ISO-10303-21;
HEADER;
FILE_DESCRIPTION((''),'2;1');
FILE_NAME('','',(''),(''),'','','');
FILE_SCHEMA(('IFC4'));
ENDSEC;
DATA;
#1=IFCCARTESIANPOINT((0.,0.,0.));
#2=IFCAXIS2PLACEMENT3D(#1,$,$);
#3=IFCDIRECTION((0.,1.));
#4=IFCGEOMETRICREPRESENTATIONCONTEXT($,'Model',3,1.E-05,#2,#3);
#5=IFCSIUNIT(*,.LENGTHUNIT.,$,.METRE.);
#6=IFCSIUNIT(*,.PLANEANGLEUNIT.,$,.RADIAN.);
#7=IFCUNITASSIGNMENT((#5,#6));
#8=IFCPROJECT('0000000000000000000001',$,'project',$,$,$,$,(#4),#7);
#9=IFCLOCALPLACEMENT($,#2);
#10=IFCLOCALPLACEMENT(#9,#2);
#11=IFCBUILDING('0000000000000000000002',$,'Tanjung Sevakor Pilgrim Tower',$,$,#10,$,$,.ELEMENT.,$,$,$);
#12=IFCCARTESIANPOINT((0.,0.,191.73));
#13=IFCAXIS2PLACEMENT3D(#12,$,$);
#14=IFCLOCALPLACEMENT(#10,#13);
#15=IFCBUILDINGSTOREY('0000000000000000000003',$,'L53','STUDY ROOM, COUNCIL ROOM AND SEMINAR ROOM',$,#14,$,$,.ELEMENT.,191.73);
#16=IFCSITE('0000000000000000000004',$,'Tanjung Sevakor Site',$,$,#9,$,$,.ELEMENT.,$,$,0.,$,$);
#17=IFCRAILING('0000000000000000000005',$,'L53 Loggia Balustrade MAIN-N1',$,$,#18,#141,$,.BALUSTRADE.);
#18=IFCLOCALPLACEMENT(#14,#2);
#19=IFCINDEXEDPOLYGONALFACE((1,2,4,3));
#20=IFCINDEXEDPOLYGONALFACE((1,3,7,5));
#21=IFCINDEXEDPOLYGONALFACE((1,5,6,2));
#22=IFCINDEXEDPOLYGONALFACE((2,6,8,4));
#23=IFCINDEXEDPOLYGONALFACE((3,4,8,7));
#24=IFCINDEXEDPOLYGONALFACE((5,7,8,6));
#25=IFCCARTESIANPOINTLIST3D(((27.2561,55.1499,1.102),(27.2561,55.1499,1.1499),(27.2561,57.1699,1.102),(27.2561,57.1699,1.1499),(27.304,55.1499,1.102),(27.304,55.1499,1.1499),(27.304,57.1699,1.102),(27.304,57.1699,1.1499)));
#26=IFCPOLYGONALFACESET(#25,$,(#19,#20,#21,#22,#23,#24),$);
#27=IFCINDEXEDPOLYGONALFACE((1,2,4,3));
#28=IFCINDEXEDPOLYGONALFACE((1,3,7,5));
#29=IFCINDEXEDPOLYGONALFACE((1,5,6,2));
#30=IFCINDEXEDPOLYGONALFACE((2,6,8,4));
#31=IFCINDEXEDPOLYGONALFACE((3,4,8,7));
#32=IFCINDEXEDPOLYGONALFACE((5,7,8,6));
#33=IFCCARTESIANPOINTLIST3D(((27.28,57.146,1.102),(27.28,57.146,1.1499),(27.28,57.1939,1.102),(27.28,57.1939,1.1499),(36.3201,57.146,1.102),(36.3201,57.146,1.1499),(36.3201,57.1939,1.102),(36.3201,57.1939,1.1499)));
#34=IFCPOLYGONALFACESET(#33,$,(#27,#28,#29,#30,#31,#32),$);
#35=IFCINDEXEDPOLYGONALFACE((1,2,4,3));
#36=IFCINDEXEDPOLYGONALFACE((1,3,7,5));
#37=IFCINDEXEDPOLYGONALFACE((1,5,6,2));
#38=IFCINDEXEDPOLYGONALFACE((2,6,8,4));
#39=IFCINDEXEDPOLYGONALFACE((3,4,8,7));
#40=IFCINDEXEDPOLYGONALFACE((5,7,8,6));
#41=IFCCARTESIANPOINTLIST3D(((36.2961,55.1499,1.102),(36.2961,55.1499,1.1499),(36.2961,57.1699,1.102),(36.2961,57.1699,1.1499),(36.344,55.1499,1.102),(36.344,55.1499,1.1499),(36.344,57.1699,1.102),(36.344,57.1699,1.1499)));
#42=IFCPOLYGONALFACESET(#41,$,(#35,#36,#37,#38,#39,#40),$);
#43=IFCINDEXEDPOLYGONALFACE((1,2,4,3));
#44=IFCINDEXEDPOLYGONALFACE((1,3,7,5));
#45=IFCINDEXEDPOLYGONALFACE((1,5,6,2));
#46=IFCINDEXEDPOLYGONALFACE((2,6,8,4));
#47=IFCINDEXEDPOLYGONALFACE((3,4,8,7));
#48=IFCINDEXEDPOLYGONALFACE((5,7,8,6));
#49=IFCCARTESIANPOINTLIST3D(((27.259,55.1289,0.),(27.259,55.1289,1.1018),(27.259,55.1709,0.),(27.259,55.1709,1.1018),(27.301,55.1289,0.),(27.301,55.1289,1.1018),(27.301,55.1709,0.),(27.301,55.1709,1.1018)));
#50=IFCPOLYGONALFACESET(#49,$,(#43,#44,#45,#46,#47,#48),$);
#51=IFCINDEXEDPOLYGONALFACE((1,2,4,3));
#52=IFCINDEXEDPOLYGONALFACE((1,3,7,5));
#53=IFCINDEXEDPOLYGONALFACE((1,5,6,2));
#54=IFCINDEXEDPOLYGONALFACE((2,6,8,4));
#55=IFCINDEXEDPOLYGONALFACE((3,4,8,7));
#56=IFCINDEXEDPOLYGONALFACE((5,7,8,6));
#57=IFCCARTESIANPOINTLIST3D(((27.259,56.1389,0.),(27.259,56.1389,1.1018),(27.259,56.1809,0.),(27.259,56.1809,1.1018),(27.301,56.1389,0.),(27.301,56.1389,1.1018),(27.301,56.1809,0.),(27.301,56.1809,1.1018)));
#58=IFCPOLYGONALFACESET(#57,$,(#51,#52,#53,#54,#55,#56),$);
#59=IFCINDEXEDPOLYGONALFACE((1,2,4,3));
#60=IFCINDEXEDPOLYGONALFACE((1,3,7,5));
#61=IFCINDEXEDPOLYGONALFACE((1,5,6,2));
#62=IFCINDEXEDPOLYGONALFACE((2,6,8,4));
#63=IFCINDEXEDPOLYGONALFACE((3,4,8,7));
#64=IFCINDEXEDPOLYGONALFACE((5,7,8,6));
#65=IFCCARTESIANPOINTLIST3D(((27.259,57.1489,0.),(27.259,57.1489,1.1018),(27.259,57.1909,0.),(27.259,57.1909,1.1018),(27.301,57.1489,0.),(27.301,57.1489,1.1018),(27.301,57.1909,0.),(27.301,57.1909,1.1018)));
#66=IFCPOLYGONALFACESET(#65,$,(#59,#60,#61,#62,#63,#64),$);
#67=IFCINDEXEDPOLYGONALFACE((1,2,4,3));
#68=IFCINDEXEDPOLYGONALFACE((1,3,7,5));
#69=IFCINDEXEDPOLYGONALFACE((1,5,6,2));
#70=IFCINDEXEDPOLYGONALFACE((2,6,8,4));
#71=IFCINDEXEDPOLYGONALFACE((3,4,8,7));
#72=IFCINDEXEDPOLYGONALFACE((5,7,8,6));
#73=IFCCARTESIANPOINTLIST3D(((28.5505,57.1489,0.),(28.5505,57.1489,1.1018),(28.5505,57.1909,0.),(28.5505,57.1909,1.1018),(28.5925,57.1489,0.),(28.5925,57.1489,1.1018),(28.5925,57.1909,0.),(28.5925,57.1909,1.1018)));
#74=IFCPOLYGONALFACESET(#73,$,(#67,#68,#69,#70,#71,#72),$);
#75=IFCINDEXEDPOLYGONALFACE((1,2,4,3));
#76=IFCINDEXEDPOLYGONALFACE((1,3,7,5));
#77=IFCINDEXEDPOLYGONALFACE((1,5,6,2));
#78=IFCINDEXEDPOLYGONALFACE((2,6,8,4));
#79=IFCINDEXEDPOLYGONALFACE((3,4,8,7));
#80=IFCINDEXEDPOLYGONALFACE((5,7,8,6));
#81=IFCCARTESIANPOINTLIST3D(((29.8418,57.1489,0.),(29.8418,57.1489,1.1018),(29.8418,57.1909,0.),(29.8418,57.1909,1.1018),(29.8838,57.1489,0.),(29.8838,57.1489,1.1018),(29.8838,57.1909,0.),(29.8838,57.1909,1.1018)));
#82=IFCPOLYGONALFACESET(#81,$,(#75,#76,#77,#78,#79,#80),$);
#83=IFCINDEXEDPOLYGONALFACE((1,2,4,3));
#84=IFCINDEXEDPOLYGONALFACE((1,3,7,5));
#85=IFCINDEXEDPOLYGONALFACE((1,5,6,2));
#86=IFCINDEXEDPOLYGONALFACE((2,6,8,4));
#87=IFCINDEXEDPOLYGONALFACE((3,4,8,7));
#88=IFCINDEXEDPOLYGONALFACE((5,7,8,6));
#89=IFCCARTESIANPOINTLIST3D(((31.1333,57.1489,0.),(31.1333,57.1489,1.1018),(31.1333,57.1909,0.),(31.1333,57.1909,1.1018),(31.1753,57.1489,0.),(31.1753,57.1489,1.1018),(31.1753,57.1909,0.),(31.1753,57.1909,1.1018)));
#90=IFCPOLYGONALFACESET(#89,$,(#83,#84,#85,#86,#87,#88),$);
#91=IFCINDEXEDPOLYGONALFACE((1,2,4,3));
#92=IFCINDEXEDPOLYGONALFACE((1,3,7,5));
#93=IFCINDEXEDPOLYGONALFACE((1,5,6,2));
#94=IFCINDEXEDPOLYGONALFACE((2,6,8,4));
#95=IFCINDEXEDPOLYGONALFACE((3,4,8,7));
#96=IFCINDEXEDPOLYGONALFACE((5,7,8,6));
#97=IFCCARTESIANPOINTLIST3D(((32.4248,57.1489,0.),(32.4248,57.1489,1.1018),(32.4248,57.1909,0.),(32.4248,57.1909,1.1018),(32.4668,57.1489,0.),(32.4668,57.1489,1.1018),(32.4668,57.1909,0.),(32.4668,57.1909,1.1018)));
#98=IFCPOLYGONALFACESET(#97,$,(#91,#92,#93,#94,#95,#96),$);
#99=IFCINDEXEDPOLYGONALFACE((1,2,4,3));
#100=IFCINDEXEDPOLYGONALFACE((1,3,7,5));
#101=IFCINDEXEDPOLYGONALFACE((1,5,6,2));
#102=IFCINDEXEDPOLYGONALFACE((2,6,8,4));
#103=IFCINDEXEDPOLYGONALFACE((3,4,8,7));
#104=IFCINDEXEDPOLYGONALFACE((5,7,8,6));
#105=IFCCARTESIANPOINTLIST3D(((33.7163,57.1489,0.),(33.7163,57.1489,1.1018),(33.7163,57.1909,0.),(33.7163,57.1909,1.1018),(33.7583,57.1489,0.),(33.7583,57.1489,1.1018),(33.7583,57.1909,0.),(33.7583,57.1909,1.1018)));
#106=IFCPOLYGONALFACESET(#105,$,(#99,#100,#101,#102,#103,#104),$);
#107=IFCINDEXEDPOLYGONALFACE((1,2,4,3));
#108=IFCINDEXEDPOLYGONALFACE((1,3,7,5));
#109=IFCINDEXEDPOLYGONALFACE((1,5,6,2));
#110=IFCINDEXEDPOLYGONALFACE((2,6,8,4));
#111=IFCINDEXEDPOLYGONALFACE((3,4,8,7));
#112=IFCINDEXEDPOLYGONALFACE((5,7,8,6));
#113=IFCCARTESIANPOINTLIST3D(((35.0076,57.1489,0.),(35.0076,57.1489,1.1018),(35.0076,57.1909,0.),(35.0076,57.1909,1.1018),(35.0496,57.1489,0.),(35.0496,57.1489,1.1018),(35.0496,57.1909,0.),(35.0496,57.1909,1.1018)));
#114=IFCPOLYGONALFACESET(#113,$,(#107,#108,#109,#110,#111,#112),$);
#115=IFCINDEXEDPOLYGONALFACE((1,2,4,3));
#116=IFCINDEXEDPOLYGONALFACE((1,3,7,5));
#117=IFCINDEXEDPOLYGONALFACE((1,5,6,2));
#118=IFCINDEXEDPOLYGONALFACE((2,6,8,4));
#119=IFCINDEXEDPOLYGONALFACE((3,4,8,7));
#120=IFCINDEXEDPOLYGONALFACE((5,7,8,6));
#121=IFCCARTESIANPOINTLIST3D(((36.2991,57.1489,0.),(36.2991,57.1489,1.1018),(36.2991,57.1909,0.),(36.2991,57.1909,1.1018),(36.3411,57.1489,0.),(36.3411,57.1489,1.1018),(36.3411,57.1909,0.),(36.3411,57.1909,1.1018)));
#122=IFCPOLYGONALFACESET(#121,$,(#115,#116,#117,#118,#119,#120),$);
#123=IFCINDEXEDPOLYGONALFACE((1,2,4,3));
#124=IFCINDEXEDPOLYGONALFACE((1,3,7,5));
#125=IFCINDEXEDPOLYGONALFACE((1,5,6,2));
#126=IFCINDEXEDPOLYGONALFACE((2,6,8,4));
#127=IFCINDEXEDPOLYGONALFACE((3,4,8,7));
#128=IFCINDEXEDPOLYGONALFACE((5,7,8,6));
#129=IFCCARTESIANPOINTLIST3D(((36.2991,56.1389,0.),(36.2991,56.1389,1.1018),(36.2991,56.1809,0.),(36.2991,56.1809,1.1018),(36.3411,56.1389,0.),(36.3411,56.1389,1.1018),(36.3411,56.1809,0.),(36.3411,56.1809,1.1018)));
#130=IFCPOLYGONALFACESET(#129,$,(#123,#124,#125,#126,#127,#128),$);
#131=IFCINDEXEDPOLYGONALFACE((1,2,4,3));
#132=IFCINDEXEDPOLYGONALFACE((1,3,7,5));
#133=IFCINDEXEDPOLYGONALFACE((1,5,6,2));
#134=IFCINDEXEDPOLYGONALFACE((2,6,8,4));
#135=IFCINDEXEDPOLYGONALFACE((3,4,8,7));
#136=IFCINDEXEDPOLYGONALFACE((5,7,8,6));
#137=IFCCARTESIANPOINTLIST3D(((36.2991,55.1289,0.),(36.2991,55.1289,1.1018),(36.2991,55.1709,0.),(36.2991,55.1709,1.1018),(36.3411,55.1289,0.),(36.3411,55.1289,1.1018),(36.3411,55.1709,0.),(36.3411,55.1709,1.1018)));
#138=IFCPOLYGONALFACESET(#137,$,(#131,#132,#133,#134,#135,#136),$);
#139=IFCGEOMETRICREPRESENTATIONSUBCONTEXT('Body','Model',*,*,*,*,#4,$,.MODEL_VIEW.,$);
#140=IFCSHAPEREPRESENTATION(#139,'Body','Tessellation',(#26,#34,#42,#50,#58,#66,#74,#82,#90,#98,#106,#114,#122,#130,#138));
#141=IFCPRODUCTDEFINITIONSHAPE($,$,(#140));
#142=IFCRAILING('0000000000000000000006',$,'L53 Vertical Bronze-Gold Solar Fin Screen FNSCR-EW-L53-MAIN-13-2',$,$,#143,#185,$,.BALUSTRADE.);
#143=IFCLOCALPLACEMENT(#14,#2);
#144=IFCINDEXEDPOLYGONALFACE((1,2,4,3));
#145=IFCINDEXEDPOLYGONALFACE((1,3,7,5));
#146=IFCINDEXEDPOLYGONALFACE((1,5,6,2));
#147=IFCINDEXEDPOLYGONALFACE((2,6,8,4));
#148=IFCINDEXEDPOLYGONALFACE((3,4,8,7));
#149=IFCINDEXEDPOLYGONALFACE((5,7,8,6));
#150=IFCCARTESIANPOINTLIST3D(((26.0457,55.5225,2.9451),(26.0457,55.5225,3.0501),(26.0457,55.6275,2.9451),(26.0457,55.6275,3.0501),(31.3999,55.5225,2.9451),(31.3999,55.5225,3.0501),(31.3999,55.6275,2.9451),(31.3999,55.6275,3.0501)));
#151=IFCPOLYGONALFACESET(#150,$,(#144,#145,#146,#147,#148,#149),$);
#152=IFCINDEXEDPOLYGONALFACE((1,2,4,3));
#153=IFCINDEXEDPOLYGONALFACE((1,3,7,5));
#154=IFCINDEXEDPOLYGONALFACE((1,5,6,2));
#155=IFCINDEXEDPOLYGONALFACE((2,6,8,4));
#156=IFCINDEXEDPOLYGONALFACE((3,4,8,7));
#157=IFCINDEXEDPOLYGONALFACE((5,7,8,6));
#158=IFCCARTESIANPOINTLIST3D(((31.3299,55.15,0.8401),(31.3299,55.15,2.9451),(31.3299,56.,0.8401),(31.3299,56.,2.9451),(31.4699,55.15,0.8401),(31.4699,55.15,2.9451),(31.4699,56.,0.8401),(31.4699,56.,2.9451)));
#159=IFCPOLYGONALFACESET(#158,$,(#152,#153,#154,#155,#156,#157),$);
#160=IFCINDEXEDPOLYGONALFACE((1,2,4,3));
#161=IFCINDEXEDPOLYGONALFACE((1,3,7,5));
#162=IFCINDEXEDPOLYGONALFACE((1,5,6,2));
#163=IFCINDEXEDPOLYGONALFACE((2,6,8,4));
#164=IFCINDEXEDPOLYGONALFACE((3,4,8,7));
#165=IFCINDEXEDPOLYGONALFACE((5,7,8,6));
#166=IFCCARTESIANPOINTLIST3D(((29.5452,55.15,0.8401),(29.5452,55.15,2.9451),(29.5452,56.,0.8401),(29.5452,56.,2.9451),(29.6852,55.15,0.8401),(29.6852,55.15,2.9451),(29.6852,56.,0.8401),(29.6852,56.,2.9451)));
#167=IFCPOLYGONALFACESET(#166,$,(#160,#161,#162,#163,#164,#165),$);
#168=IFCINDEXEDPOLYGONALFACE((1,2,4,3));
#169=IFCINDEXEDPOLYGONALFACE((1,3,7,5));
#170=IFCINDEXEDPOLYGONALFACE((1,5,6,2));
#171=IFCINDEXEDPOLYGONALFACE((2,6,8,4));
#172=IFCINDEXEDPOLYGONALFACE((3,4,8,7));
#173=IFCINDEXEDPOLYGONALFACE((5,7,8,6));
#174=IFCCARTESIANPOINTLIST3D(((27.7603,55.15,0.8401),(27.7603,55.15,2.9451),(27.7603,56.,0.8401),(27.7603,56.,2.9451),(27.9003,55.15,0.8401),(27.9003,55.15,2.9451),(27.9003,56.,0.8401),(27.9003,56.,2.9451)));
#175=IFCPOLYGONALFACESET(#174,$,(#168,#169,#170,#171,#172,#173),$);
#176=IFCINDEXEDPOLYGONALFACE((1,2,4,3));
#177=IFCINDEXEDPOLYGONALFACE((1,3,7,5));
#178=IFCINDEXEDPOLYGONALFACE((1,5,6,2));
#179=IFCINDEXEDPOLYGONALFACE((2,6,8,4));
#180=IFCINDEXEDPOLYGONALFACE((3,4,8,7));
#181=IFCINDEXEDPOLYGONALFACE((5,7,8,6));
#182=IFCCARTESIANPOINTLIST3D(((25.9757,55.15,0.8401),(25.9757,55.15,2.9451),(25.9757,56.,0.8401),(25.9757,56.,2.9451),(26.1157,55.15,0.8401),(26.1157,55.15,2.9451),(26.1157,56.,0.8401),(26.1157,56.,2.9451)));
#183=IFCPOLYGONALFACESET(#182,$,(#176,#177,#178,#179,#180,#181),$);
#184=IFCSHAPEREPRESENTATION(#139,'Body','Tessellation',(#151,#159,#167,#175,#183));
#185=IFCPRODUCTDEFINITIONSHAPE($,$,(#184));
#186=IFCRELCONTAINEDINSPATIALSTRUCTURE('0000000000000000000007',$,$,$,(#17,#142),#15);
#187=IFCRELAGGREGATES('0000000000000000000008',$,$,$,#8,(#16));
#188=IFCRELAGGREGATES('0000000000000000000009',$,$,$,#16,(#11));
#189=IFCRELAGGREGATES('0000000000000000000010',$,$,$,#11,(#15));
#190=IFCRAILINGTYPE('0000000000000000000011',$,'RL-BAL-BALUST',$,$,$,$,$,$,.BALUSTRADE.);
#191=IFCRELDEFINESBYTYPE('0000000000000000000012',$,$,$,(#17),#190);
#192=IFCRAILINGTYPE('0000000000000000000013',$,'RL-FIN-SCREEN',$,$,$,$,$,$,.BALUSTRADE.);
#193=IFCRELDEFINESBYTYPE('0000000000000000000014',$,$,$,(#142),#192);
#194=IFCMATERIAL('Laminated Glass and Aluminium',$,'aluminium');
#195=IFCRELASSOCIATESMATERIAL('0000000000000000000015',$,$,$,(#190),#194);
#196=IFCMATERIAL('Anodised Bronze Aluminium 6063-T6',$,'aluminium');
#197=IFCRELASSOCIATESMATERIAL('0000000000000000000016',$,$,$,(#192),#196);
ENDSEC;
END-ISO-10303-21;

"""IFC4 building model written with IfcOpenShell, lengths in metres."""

from ifc_helpers import new_model, si_unit, direction, frame, origin, place, context, subcontext, project, spatial, rectangle, extrude, material, type_object, element, save


model = new_model("IFC4")

# Units and contexts
model_context = context("Model", 3, precision=1e-05, world=origin(), true_north=direction((0.0, 1.0)))
body_context = subcontext(model_context, "Body", "Model", "MODEL_VIEW")
ifc_project = project(units=[si_unit("LENGTHUNIT", "METRE"), si_unit("PLANEANGLEUNIT", "RADIAN")], contexts=[model_context])

# Site, building, storey
site_placement = place(None, origin())
site = spatial("IfcSite", under=ifc_project, at=site_placement, Name="Tanjung Sevakor Site", CompositionType="ELEMENT", RefElevation=0.0)
building_placement = place(site_placement, origin())
building = spatial("IfcBuilding", under=site, at=building_placement, Name="Tanjung Sevakor Pilgrim Tower", CompositionType="ELEMENT")
storey_placement = place(building_placement, frame((0.0, 0.0, 191.73)))
storey = spatial("IfcBuildingStorey", under=building, at=storey_placement, Name="L53", Description="STUDY ROOM, COUNCIL ROOM AND SEMINAR ROOM", CompositionType="ELEMENT", Elevation=191.73)

# Railings
ifc_material_1 = material(Name="Laminated Glass and Aluminium", Category="aluminium")
railing_type_1 = type_object("IfcRailingType", Name="RL-BAL-BALUST", PredefinedType="BALUSTRADE", material=ifc_material_1)
railing_1_placement = place(storey_placement, frame((27.28, 55.1499, 0.0)))
element("IfcRailing", 1, at=railing_1_placement, inside=storey, type_object=railing_type_1, Name="L53 Loggia Balustrade MAIN-N1", PredefinedType="BALUSTRADE", context=body_context, shape_type="SweptSolid", body=[
    extrude(rectangle(XDim=0.0479, YDim=0.0479), frame((0.0, 0.0, 1.126), z_axis=(0.0, 1.0, 0.0), x_axis=(-1.0, 0.0, 0.0)), (0.0, 0.0, 1.0), 2.02),
    extrude(rectangle(XDim=0.0479, YDim=0.0479), frame((0.0, 2.02, 1.126), z_axis=(1.0, 0.0, 0.0), x_axis=(0.0, 1.0, 0.0)), (0.0, 0.0, 1.0), 9.04),
    extrude(rectangle(XDim=0.0479, YDim=0.0479), frame((9.04, 2.02, 1.126), z_axis=(0.0, -1.0, 0.0), x_axis=(1.0, 0.0, 0.0)), (0.0, 0.0, 1.0), 2.02),
    extrude(rectangle(XDim=0.042, YDim=0.042), origin(), (0.0, 0.0, 1.0), 1.1018),
    extrude(rectangle(XDim=0.042, YDim=0.042), frame((0.0, 1.01, 0.0)), (0.0, 0.0, 1.0), 1.1018),
    extrude(rectangle(XDim=0.042, YDim=0.042), frame((0.0, 2.02, 0.0)), (0.0, 0.0, 1.0), 1.1018),
    extrude(rectangle(XDim=0.042, YDim=0.042), frame((1.2915, 2.02, 0.0)), (0.0, 0.0, 1.0), 1.1018),
    extrude(rectangle(XDim=0.042, YDim=0.042), frame((2.5828, 2.02, 0.0)), (0.0, 0.0, 1.0), 1.1018),
    extrude(rectangle(XDim=0.042, YDim=0.042), frame((3.8743, 2.02, 0.0)), (0.0, 0.0, 1.0), 1.1018),
    extrude(rectangle(XDim=0.042, YDim=0.042), frame((5.1658, 2.02, 0.0)), (0.0, 0.0, 1.0), 1.1018),
    extrude(rectangle(XDim=0.042, YDim=0.042), frame((6.4573, 2.02, 0.0)), (0.0, 0.0, 1.0), 1.1018),
    extrude(rectangle(XDim=0.042, YDim=0.042), frame((7.7485, 2.02, 0.0)), (0.0, 0.0, 1.0), 1.1018),
    extrude(rectangle(XDim=0.042, YDim=0.042), frame((9.04, 2.02, 0.0)), (0.0, 0.0, 1.0), 1.1018),
    extrude(rectangle(XDim=0.042, YDim=0.042), frame((9.04, 1.01, 0.0)), (0.0, 0.0, 1.0), 1.1018),
    extrude(rectangle(XDim=0.042, YDim=0.042), frame((9.04, 0.0, 0.0)), (0.0, 0.0, 1.0), 1.1018),
])
ifc_material_2 = material(Name="Anodised Bronze Aluminium 6063-T6", Category="aluminium")
railing_type_2 = type_object("IfcRailingType", Name="RL-FIN-SCREEN", PredefinedType="BALUSTRADE", material=ifc_material_2)
railing_2_placement = place(storey_placement, frame((31.3999, 55.575, 0.8401)))
element("IfcRailing", 2, at=railing_2_placement, inside=storey, type_object=railing_type_2, Name="L53 Vertical Bronze-Gold Solar Fin Screen FNSCR-EW-L53-MAIN-13-2", PredefinedType="BALUSTRADE", context=body_context, shape_type="SweptSolid", body=[
    extrude(rectangle(XDim=0.105, YDim=0.105), frame((0.0, 0.0, 2.1575), z_axis=(-1.0, 0.0, 0.0), x_axis=(0.0, -1.0, 0.0)), (0.0, 0.0, 1.0), 5.3542),
    extrude(rectangle(XDim=0.14, YDim=0.85), origin(), (0.0, 0.0, 1.0), 2.105),
    extrude(rectangle(XDim=0.14, YDim=0.85), frame((-1.7847, 0.0, 0.0)), (0.0, 0.0, 1.0), 2.105),
    extrude(rectangle(XDim=0.14, YDim=0.85), frame((-3.5696, 0.0, 0.0)), (0.0, 0.0, 1.0), 2.105),
    extrude(rectangle(XDim=0.14, YDim=0.85), frame((-5.3542, 0.0, 0.0)), (0.0, 0.0, 1.0), 2.105),
])

save(model, "model.ifc")
